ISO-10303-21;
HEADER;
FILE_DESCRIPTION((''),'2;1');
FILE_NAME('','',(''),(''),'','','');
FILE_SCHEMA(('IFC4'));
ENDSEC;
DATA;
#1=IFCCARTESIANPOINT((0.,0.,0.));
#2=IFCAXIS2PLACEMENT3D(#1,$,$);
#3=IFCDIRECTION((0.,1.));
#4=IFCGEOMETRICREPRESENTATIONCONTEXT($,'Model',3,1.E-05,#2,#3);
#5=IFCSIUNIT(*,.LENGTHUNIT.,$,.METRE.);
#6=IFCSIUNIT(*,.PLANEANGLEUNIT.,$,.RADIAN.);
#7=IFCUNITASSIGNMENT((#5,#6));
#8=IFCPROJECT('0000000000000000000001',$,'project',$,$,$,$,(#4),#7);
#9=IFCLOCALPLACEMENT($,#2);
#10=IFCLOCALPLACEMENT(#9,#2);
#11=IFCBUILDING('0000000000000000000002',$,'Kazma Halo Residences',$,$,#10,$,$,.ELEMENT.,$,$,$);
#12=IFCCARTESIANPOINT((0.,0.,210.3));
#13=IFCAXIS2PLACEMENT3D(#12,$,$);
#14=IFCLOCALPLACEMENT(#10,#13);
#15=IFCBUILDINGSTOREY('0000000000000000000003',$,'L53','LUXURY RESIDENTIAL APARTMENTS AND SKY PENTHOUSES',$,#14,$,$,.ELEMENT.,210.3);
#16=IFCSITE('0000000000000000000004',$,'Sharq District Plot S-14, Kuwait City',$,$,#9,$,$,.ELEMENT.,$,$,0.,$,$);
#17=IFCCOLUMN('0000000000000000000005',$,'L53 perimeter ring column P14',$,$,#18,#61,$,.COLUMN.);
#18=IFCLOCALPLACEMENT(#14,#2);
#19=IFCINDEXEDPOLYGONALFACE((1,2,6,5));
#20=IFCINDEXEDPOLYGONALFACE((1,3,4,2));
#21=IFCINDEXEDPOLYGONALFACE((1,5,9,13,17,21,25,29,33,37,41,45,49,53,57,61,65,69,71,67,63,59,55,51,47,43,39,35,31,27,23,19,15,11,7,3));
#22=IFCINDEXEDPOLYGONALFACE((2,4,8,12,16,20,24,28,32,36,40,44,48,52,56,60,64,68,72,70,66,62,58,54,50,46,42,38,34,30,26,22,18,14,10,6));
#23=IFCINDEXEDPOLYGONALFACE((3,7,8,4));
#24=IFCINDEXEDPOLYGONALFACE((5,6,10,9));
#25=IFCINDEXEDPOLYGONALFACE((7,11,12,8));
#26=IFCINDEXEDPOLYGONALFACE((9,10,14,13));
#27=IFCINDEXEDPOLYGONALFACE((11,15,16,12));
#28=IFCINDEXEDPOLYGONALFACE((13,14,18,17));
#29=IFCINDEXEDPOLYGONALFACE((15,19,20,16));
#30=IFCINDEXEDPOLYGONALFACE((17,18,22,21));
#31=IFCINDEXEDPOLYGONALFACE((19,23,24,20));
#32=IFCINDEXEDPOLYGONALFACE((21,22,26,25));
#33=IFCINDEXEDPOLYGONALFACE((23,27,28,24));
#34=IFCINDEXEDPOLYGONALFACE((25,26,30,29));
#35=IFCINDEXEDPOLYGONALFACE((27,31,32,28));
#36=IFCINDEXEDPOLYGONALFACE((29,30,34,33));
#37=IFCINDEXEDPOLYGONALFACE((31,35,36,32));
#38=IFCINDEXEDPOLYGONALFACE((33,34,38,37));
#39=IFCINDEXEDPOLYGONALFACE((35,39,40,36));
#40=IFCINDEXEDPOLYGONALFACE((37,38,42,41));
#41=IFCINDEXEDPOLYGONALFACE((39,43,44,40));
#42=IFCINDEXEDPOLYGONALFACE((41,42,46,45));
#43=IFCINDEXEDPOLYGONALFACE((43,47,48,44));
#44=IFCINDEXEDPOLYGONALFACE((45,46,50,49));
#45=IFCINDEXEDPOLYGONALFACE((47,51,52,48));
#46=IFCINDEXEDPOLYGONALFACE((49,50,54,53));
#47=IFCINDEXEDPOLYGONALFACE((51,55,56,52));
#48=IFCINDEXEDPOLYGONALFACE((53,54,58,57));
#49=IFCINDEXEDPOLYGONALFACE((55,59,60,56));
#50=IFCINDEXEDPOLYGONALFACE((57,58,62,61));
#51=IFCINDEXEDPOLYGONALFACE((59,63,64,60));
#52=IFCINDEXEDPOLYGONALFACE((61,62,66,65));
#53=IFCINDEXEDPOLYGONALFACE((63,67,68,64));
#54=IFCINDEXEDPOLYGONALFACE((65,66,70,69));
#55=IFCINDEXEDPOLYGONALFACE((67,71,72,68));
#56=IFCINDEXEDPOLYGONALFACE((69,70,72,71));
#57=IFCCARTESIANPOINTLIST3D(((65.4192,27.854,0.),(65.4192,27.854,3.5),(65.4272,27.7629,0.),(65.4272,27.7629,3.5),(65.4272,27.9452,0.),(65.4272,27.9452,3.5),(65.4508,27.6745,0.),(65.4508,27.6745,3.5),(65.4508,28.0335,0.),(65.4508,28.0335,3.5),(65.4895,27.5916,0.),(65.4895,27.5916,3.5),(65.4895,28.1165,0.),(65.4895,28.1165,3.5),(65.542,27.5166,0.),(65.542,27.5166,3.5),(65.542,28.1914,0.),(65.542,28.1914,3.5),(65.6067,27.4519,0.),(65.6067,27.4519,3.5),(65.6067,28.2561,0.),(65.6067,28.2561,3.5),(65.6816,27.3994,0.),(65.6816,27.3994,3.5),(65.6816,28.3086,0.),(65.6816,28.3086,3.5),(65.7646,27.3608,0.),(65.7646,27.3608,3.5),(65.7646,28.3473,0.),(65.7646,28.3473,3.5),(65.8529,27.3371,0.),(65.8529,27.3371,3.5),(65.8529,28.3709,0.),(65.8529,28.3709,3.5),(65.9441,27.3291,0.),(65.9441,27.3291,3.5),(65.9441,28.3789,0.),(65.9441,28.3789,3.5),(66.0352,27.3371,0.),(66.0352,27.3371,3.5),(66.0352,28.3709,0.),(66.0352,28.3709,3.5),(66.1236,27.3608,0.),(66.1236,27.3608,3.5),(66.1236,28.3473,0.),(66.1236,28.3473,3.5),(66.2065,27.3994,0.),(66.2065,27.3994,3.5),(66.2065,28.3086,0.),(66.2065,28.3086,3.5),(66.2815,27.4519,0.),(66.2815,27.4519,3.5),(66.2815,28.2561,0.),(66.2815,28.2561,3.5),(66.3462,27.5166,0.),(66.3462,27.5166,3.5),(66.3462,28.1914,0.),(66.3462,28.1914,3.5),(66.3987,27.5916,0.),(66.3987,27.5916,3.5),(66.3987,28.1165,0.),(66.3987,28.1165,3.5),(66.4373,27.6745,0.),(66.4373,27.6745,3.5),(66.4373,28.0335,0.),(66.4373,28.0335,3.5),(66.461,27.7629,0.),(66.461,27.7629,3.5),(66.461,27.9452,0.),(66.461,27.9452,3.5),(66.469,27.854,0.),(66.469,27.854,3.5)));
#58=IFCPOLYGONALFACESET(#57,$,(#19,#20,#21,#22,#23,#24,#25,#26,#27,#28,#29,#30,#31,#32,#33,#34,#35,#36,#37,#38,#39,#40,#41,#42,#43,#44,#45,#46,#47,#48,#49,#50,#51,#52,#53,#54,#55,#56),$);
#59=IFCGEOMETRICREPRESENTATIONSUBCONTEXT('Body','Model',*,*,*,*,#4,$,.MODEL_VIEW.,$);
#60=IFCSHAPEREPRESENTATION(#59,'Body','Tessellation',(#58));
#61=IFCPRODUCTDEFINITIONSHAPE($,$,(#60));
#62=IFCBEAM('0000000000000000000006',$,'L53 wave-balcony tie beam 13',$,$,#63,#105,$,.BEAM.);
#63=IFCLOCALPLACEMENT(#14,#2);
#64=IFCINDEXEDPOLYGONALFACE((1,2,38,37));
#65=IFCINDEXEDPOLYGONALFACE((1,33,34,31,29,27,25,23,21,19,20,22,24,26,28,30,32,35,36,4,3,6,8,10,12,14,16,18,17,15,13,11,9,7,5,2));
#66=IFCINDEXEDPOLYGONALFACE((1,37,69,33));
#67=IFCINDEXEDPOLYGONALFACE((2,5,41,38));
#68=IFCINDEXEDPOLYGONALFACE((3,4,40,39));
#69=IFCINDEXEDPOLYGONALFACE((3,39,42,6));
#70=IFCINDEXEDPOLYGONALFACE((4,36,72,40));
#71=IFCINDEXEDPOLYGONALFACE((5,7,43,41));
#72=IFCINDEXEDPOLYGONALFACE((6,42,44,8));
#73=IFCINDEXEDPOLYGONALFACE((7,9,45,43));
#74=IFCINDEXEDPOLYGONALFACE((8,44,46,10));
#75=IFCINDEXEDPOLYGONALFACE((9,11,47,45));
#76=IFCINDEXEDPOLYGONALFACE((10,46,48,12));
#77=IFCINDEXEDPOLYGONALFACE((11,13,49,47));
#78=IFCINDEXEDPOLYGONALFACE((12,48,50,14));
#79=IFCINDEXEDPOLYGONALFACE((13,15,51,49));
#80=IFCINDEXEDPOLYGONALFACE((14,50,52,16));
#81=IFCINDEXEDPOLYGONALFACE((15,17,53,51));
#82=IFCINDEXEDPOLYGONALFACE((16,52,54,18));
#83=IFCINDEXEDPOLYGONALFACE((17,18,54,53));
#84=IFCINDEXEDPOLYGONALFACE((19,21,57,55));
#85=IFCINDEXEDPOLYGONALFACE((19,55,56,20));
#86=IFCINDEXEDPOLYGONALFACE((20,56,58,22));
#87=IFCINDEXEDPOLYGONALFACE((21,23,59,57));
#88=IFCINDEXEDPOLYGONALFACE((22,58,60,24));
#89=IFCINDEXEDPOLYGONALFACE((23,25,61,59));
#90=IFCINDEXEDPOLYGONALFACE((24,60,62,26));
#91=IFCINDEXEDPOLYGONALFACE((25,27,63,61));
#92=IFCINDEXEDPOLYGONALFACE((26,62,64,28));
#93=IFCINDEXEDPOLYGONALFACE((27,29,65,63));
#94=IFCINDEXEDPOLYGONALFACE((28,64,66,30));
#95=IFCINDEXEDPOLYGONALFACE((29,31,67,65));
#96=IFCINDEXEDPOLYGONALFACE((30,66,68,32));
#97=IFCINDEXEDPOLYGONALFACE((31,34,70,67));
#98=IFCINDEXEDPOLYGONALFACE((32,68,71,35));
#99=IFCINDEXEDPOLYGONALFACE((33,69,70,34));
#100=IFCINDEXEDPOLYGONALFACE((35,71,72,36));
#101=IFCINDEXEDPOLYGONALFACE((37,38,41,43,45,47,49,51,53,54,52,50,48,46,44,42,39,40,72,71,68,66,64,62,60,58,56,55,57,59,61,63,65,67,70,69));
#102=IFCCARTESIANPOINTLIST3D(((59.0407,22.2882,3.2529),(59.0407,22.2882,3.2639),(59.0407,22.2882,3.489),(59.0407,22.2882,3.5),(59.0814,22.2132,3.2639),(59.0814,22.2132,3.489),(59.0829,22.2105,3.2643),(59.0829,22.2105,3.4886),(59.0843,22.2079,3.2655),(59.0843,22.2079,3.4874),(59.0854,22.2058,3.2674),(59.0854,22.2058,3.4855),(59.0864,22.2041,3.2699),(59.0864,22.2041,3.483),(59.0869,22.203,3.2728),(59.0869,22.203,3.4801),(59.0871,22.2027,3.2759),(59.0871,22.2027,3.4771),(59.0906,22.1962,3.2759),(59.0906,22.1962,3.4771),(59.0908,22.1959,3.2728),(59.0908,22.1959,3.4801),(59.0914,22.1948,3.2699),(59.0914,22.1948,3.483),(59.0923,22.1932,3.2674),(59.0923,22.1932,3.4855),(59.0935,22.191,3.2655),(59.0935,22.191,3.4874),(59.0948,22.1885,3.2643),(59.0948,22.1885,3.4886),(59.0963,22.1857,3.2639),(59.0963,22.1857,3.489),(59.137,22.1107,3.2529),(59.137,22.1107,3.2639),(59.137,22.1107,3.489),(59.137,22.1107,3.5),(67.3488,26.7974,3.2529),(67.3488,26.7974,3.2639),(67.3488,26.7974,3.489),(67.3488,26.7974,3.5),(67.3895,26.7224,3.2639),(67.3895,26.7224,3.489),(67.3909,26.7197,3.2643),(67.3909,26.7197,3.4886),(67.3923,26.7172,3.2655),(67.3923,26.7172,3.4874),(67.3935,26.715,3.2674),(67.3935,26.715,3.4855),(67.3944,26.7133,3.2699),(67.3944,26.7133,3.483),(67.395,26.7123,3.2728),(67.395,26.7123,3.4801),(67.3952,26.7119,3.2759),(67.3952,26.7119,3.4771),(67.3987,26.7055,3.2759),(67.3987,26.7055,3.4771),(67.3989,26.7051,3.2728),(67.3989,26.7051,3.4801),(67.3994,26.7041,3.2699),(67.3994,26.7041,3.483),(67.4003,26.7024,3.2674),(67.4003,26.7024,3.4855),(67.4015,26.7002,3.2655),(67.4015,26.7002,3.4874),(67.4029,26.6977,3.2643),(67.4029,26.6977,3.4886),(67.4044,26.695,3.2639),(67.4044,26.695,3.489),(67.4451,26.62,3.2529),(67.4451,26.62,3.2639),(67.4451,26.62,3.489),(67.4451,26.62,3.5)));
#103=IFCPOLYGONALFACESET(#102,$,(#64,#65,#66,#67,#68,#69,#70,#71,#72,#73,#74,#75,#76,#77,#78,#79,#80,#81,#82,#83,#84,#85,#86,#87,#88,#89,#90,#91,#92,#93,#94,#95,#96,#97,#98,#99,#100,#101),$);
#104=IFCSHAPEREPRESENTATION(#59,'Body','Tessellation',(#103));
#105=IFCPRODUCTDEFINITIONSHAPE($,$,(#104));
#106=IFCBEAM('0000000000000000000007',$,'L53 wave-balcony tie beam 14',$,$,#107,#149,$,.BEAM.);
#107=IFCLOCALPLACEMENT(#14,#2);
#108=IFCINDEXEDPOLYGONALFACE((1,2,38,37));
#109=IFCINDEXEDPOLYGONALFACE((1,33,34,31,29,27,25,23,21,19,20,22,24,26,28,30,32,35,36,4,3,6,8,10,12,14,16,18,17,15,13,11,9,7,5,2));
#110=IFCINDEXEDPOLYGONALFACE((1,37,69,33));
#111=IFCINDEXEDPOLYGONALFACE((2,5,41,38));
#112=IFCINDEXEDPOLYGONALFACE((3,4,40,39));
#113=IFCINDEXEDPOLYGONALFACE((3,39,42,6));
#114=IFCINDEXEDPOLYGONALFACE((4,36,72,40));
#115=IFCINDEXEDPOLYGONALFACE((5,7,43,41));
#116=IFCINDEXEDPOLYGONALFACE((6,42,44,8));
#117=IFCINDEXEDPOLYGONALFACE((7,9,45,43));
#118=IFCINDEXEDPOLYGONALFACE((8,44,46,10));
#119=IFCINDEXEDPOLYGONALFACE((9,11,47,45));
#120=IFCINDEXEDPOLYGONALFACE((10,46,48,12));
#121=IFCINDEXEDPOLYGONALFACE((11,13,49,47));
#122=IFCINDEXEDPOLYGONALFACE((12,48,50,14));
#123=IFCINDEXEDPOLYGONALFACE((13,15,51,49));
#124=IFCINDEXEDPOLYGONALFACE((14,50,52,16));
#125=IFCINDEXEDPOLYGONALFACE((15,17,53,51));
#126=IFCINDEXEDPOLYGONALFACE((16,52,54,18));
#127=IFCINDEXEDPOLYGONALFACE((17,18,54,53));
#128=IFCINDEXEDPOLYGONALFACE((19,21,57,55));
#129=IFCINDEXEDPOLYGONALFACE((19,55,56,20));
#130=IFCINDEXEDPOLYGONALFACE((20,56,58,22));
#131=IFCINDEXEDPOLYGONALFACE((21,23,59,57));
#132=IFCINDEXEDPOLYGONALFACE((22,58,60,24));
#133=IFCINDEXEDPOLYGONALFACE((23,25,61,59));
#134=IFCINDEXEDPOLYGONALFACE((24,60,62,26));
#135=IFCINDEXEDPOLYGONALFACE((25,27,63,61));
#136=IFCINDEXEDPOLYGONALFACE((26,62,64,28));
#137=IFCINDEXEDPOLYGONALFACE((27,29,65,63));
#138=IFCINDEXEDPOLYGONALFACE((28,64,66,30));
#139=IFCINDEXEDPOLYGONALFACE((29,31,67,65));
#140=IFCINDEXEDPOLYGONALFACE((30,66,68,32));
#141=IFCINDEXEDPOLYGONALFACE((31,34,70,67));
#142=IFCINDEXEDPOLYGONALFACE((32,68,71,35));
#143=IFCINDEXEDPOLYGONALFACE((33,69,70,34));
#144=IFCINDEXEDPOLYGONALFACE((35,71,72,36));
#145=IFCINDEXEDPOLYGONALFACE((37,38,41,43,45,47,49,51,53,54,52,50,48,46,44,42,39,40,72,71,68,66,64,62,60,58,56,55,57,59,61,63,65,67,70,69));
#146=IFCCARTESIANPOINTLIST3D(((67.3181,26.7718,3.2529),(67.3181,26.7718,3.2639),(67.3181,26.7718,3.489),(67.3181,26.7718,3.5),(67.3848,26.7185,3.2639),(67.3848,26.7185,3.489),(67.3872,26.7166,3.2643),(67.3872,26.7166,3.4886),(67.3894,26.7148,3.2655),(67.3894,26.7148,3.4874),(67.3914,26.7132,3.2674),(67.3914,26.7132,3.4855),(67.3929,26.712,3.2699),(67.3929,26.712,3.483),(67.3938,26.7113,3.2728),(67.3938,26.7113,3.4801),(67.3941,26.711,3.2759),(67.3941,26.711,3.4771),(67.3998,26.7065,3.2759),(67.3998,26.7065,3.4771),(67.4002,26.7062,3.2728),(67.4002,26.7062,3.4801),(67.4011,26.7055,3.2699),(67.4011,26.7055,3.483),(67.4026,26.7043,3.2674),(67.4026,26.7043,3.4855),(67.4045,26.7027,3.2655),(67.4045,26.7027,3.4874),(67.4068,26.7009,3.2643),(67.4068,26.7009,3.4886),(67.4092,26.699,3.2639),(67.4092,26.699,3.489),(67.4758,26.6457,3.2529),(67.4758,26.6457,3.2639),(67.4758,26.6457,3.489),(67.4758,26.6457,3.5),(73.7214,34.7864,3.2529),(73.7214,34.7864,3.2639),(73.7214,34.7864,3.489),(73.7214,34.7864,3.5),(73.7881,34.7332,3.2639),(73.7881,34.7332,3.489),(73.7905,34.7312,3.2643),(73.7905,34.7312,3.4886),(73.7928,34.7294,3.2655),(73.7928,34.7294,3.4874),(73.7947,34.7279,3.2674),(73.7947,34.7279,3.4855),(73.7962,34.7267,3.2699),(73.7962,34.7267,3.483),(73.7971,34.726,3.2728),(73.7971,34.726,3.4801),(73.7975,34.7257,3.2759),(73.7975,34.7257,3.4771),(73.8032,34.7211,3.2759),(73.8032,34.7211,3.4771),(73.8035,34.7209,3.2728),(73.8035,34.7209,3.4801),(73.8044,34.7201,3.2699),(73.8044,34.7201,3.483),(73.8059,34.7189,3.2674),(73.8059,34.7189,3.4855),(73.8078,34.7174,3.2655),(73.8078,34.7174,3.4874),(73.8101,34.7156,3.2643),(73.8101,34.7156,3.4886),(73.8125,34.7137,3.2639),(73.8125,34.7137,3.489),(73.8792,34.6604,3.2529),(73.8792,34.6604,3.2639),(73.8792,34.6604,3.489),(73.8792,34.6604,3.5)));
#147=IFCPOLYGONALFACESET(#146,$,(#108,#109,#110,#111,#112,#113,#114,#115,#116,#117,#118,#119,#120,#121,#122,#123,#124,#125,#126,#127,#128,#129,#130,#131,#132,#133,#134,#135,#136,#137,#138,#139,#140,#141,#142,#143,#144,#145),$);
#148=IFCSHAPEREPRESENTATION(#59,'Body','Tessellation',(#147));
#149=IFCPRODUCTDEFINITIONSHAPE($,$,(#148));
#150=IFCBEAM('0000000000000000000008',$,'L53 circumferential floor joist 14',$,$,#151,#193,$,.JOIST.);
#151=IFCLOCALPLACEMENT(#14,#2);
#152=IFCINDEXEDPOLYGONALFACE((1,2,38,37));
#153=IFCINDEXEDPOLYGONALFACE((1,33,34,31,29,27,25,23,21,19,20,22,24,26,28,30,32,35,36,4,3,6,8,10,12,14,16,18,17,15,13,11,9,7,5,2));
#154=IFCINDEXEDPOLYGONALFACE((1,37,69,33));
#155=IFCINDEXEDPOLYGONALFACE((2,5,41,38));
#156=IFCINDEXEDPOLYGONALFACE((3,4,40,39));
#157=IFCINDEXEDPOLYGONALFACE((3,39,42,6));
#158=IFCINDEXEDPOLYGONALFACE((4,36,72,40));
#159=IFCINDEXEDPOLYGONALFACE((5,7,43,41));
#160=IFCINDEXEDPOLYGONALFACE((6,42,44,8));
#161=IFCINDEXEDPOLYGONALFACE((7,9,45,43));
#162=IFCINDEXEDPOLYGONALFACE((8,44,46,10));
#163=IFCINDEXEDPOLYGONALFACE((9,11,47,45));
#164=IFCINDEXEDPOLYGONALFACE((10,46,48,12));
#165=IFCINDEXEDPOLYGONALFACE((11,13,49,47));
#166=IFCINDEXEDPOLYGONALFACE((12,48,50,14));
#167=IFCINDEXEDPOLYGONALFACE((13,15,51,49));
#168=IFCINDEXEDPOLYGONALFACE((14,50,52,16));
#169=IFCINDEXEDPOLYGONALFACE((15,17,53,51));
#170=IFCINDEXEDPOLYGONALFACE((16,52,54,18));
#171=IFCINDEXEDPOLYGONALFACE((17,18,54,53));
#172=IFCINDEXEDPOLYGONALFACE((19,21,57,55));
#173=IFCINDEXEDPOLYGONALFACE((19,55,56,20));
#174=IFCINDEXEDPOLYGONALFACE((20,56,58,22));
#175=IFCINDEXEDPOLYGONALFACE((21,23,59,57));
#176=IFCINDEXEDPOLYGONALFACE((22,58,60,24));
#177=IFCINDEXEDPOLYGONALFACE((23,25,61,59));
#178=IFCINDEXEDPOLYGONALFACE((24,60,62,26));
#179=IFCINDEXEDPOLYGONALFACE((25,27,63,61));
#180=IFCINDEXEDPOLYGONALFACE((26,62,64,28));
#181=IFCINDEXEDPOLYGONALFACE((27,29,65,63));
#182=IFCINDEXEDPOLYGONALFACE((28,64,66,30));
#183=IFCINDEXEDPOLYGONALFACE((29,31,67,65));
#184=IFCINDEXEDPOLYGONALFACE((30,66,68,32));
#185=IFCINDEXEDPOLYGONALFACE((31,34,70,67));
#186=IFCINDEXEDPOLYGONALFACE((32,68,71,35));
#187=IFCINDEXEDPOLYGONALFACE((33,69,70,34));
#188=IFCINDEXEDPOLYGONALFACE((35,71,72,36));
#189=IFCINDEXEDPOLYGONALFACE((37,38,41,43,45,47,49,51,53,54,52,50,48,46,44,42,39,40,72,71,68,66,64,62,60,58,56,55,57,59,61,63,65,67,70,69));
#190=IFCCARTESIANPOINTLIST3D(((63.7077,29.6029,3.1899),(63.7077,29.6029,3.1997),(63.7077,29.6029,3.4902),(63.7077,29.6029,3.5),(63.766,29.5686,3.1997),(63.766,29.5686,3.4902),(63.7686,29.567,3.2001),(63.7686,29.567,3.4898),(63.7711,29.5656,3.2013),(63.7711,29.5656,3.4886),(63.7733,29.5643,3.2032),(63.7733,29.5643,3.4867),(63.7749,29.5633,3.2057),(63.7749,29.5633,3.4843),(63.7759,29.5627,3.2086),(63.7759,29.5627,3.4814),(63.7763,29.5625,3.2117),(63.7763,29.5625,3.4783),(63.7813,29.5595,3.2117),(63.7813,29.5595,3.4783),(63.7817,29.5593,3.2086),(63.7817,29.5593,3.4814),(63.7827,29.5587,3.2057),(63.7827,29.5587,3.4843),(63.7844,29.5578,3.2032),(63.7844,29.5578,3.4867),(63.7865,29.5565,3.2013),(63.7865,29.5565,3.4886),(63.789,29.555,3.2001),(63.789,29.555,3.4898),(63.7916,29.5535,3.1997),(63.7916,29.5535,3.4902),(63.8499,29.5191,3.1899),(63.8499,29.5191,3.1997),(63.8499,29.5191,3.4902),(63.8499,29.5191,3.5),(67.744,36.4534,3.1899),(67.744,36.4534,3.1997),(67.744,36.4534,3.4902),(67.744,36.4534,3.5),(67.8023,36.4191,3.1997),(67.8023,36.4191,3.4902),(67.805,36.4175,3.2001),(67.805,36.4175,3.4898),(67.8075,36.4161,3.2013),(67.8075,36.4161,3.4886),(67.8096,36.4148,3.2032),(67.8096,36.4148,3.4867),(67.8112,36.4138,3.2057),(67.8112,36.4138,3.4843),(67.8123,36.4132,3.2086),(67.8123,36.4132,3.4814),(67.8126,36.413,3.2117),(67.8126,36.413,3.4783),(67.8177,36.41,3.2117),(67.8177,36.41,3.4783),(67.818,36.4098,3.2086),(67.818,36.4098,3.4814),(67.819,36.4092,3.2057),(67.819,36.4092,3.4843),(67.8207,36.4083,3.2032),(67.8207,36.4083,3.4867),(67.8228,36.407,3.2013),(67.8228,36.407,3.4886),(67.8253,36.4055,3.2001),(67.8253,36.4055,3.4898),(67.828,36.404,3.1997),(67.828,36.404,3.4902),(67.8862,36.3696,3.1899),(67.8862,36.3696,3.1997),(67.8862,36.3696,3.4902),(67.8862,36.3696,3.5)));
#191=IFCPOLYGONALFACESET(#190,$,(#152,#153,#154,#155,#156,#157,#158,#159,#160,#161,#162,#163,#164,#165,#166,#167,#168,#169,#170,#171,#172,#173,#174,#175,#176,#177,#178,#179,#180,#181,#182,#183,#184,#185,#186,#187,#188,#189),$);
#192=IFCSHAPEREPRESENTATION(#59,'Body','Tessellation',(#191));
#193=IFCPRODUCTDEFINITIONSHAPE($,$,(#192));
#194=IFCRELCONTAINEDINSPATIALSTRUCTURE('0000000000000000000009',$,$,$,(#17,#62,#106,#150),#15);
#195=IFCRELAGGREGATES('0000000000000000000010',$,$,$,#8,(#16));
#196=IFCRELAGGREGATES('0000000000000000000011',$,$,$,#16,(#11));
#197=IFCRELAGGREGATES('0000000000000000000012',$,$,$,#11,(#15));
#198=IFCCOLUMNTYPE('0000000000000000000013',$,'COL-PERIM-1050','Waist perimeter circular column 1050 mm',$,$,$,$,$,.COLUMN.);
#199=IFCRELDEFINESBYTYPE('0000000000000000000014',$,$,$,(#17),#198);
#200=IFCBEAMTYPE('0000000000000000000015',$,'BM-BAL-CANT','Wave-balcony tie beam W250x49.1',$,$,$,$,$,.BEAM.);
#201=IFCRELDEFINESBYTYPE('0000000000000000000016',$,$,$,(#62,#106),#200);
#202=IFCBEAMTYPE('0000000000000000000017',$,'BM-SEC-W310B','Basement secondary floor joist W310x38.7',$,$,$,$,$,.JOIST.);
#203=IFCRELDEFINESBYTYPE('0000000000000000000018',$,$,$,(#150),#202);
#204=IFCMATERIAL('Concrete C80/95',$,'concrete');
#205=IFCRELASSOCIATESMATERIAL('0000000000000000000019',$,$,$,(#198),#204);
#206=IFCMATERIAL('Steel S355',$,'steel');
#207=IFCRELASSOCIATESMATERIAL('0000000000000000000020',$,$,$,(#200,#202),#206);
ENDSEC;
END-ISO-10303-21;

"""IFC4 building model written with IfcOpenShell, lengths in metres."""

from ifc_helpers import new_model, si_unit, direction, frame, origin, origin_2d, place, context, subcontext, project, spatial, circle, i_section, extrude, material, material_profile, profile_set, type_object, element, save


model = new_model("IFC4")

# Units and contexts
model_context = context("Model", 3, precision=1e-05, world=origin(), true_north=direction((0.0, 1.0)))
body_context = subcontext(model_context, "Body", "Model", "MODEL_VIEW")
ifc_project = project(units=[si_unit("LENGTHUNIT", "METRE"), si_unit("PLANEANGLEUNIT", "RADIAN")], contexts=[model_context])

# Site, building, storey
site_placement = place(None, origin())
site = spatial("IfcSite", under=ifc_project, at=site_placement, Name="Sharq District Plot S-14, Kuwait City", CompositionType="ELEMENT", RefElevation=0.0)
building_placement = place(site_placement, origin())
building = spatial("IfcBuilding", under=site, at=building_placement, Name="Kazma Halo Residences", CompositionType="ELEMENT")
storey_placement = place(building_placement, frame((0.0, 0.0, 210.3)))
storey = spatial("IfcBuildingStorey", under=building, at=storey_placement, Name="L53", Description="LUXURY RESIDENTIAL APARTMENTS AND SKY PENTHOUSES", CompositionType="ELEMENT", Elevation=210.3)

# Column
ifc_material_1 = material(Name="Concrete C80/95", Category="concrete")
ifc_material_profile_1 = material_profile(ifc_material_1, circle(Radius=0.5249, at=origin_2d()), Name="CIRC1050")
ifc_profile_set_1 = profile_set([ifc_material_profile_1], Name="Concrete C80/95")
column_type = type_object("IfcColumnType", Name="COL-PERIM-1050", Description="Waist perimeter circular column 1050 mm", PredefinedType="COLUMN", material=ifc_profile_set_1)
column_placement = place(storey_placement, frame((65.9441, 27.854, 0.0), z_axis=(0.0, 0.0, 1.0), x_axis=(1.0, 0.0, 0.0)))
element("IfcColumn", 1, at=column_placement, inside=storey, type_object=column_type, Name="L53 perimeter ring column P14", PredefinedType="COLUMN", context=body_context, shape_type="SweptSolid", body=[
    extrude(circle(Radius=0.5249, at=origin_2d()), origin(), (0.0, 0.0, 1.0), 3.5),
])

# Beams
ifc_material_2 = material(Name="Steel S355", Category="steel")
ifc_material_profile_2 = material_profile(ifc_material_2, i_section(OverallWidth=0.2019, OverallDepth=0.2471, WebThickness=0.0073, FlangeThickness=0.011, FilletRadius=0.012, at=origin_2d()), Name="W250x49.1")
ifc_profile_set_2 = profile_set([ifc_material_profile_2], Name="Steel S355")
beam_type_1 = type_object("IfcBeamType", Name="BM-BAL-CANT", Description="Wave-balcony tie beam W250x49.1", PredefinedType="BEAM", material=ifc_profile_set_2)
beam_1_placement = place(storey_placement, frame((59.0889, 22.1995, 3.3765), z_axis=(0.878891, 0.477023, 0.0), x_axis=(-0.477023, 0.878891, 0.0)))
element("IfcBeam", 2, at=beam_1_placement, inside=storey, type_object=beam_type_1, Name="L53 wave-balcony tie beam 13", PredefinedType="BEAM", context=body_context, shape_type="SweptSolid", body=[
    extrude(i_section(OverallWidth=0.2019, OverallDepth=0.2471, WebThickness=0.0073, FlangeThickness=0.011, FilletRadius=0.012, at=origin_2d()), origin(), (0.0, 0.0, 1.0), 9.4529),
])
beam_2_placement = place(storey_placement, frame((67.397, 26.7087, 3.3765), z_axis=(0.624196, 0.781268, 0.0), x_axis=(-0.781268, 0.624196, 0.0)))
element("IfcBeam", 3, at=beam_2_placement, inside=storey, type_object=beam_type_1, Name="L53 wave-balcony tie beam 14", PredefinedType="BEAM", context=body_context, shape_type="SweptSolid", body=[
    extrude(i_section(OverallWidth=0.2019, OverallDepth=0.2471, WebThickness=0.0073, FlangeThickness=0.011, FilletRadius=0.012, at=origin_2d()), origin(), (0.0, 0.0, 1.0), 10.2585),
])
ifc_material_profile_3 = material_profile(ifc_material_2, i_section(OverallWidth=0.165, OverallDepth=0.3101, WebThickness=0.0059, FlangeThickness=0.0098, FilletRadius=0.012, at=origin_2d()), Name="W310x38.7")
ifc_profile_set_3 = profile_set([ifc_material_profile_3], Name="Steel S355")
beam_type_2 = type_object("IfcBeamType", Name="BM-SEC-W310B", Description="Basement secondary floor joist W310x38.7", PredefinedType="JOIST", material=ifc_profile_set_3)
beam_3_placement = place(storey_placement, frame((63.7788, 29.561, 3.345), z_axis=(0.507639, 0.86157, 0.0), x_axis=(-0.86157, 0.507639, 0.0)))
element("IfcBeam", 4, at=beam_3_placement, inside=storey, type_object=beam_type_2, Name="L53 circumferential floor joist 14", PredefinedType="JOIST", context=body_context, shape_type="SweptSolid", body=[
    extrude(i_section(OverallWidth=0.165, OverallDepth=0.3101, WebThickness=0.0059, FlangeThickness=0.0098, FilletRadius=0.012, at=origin_2d()), origin(), (0.0, 0.0, 1.0), 7.9512),
])

save(model, "model.ifc")
